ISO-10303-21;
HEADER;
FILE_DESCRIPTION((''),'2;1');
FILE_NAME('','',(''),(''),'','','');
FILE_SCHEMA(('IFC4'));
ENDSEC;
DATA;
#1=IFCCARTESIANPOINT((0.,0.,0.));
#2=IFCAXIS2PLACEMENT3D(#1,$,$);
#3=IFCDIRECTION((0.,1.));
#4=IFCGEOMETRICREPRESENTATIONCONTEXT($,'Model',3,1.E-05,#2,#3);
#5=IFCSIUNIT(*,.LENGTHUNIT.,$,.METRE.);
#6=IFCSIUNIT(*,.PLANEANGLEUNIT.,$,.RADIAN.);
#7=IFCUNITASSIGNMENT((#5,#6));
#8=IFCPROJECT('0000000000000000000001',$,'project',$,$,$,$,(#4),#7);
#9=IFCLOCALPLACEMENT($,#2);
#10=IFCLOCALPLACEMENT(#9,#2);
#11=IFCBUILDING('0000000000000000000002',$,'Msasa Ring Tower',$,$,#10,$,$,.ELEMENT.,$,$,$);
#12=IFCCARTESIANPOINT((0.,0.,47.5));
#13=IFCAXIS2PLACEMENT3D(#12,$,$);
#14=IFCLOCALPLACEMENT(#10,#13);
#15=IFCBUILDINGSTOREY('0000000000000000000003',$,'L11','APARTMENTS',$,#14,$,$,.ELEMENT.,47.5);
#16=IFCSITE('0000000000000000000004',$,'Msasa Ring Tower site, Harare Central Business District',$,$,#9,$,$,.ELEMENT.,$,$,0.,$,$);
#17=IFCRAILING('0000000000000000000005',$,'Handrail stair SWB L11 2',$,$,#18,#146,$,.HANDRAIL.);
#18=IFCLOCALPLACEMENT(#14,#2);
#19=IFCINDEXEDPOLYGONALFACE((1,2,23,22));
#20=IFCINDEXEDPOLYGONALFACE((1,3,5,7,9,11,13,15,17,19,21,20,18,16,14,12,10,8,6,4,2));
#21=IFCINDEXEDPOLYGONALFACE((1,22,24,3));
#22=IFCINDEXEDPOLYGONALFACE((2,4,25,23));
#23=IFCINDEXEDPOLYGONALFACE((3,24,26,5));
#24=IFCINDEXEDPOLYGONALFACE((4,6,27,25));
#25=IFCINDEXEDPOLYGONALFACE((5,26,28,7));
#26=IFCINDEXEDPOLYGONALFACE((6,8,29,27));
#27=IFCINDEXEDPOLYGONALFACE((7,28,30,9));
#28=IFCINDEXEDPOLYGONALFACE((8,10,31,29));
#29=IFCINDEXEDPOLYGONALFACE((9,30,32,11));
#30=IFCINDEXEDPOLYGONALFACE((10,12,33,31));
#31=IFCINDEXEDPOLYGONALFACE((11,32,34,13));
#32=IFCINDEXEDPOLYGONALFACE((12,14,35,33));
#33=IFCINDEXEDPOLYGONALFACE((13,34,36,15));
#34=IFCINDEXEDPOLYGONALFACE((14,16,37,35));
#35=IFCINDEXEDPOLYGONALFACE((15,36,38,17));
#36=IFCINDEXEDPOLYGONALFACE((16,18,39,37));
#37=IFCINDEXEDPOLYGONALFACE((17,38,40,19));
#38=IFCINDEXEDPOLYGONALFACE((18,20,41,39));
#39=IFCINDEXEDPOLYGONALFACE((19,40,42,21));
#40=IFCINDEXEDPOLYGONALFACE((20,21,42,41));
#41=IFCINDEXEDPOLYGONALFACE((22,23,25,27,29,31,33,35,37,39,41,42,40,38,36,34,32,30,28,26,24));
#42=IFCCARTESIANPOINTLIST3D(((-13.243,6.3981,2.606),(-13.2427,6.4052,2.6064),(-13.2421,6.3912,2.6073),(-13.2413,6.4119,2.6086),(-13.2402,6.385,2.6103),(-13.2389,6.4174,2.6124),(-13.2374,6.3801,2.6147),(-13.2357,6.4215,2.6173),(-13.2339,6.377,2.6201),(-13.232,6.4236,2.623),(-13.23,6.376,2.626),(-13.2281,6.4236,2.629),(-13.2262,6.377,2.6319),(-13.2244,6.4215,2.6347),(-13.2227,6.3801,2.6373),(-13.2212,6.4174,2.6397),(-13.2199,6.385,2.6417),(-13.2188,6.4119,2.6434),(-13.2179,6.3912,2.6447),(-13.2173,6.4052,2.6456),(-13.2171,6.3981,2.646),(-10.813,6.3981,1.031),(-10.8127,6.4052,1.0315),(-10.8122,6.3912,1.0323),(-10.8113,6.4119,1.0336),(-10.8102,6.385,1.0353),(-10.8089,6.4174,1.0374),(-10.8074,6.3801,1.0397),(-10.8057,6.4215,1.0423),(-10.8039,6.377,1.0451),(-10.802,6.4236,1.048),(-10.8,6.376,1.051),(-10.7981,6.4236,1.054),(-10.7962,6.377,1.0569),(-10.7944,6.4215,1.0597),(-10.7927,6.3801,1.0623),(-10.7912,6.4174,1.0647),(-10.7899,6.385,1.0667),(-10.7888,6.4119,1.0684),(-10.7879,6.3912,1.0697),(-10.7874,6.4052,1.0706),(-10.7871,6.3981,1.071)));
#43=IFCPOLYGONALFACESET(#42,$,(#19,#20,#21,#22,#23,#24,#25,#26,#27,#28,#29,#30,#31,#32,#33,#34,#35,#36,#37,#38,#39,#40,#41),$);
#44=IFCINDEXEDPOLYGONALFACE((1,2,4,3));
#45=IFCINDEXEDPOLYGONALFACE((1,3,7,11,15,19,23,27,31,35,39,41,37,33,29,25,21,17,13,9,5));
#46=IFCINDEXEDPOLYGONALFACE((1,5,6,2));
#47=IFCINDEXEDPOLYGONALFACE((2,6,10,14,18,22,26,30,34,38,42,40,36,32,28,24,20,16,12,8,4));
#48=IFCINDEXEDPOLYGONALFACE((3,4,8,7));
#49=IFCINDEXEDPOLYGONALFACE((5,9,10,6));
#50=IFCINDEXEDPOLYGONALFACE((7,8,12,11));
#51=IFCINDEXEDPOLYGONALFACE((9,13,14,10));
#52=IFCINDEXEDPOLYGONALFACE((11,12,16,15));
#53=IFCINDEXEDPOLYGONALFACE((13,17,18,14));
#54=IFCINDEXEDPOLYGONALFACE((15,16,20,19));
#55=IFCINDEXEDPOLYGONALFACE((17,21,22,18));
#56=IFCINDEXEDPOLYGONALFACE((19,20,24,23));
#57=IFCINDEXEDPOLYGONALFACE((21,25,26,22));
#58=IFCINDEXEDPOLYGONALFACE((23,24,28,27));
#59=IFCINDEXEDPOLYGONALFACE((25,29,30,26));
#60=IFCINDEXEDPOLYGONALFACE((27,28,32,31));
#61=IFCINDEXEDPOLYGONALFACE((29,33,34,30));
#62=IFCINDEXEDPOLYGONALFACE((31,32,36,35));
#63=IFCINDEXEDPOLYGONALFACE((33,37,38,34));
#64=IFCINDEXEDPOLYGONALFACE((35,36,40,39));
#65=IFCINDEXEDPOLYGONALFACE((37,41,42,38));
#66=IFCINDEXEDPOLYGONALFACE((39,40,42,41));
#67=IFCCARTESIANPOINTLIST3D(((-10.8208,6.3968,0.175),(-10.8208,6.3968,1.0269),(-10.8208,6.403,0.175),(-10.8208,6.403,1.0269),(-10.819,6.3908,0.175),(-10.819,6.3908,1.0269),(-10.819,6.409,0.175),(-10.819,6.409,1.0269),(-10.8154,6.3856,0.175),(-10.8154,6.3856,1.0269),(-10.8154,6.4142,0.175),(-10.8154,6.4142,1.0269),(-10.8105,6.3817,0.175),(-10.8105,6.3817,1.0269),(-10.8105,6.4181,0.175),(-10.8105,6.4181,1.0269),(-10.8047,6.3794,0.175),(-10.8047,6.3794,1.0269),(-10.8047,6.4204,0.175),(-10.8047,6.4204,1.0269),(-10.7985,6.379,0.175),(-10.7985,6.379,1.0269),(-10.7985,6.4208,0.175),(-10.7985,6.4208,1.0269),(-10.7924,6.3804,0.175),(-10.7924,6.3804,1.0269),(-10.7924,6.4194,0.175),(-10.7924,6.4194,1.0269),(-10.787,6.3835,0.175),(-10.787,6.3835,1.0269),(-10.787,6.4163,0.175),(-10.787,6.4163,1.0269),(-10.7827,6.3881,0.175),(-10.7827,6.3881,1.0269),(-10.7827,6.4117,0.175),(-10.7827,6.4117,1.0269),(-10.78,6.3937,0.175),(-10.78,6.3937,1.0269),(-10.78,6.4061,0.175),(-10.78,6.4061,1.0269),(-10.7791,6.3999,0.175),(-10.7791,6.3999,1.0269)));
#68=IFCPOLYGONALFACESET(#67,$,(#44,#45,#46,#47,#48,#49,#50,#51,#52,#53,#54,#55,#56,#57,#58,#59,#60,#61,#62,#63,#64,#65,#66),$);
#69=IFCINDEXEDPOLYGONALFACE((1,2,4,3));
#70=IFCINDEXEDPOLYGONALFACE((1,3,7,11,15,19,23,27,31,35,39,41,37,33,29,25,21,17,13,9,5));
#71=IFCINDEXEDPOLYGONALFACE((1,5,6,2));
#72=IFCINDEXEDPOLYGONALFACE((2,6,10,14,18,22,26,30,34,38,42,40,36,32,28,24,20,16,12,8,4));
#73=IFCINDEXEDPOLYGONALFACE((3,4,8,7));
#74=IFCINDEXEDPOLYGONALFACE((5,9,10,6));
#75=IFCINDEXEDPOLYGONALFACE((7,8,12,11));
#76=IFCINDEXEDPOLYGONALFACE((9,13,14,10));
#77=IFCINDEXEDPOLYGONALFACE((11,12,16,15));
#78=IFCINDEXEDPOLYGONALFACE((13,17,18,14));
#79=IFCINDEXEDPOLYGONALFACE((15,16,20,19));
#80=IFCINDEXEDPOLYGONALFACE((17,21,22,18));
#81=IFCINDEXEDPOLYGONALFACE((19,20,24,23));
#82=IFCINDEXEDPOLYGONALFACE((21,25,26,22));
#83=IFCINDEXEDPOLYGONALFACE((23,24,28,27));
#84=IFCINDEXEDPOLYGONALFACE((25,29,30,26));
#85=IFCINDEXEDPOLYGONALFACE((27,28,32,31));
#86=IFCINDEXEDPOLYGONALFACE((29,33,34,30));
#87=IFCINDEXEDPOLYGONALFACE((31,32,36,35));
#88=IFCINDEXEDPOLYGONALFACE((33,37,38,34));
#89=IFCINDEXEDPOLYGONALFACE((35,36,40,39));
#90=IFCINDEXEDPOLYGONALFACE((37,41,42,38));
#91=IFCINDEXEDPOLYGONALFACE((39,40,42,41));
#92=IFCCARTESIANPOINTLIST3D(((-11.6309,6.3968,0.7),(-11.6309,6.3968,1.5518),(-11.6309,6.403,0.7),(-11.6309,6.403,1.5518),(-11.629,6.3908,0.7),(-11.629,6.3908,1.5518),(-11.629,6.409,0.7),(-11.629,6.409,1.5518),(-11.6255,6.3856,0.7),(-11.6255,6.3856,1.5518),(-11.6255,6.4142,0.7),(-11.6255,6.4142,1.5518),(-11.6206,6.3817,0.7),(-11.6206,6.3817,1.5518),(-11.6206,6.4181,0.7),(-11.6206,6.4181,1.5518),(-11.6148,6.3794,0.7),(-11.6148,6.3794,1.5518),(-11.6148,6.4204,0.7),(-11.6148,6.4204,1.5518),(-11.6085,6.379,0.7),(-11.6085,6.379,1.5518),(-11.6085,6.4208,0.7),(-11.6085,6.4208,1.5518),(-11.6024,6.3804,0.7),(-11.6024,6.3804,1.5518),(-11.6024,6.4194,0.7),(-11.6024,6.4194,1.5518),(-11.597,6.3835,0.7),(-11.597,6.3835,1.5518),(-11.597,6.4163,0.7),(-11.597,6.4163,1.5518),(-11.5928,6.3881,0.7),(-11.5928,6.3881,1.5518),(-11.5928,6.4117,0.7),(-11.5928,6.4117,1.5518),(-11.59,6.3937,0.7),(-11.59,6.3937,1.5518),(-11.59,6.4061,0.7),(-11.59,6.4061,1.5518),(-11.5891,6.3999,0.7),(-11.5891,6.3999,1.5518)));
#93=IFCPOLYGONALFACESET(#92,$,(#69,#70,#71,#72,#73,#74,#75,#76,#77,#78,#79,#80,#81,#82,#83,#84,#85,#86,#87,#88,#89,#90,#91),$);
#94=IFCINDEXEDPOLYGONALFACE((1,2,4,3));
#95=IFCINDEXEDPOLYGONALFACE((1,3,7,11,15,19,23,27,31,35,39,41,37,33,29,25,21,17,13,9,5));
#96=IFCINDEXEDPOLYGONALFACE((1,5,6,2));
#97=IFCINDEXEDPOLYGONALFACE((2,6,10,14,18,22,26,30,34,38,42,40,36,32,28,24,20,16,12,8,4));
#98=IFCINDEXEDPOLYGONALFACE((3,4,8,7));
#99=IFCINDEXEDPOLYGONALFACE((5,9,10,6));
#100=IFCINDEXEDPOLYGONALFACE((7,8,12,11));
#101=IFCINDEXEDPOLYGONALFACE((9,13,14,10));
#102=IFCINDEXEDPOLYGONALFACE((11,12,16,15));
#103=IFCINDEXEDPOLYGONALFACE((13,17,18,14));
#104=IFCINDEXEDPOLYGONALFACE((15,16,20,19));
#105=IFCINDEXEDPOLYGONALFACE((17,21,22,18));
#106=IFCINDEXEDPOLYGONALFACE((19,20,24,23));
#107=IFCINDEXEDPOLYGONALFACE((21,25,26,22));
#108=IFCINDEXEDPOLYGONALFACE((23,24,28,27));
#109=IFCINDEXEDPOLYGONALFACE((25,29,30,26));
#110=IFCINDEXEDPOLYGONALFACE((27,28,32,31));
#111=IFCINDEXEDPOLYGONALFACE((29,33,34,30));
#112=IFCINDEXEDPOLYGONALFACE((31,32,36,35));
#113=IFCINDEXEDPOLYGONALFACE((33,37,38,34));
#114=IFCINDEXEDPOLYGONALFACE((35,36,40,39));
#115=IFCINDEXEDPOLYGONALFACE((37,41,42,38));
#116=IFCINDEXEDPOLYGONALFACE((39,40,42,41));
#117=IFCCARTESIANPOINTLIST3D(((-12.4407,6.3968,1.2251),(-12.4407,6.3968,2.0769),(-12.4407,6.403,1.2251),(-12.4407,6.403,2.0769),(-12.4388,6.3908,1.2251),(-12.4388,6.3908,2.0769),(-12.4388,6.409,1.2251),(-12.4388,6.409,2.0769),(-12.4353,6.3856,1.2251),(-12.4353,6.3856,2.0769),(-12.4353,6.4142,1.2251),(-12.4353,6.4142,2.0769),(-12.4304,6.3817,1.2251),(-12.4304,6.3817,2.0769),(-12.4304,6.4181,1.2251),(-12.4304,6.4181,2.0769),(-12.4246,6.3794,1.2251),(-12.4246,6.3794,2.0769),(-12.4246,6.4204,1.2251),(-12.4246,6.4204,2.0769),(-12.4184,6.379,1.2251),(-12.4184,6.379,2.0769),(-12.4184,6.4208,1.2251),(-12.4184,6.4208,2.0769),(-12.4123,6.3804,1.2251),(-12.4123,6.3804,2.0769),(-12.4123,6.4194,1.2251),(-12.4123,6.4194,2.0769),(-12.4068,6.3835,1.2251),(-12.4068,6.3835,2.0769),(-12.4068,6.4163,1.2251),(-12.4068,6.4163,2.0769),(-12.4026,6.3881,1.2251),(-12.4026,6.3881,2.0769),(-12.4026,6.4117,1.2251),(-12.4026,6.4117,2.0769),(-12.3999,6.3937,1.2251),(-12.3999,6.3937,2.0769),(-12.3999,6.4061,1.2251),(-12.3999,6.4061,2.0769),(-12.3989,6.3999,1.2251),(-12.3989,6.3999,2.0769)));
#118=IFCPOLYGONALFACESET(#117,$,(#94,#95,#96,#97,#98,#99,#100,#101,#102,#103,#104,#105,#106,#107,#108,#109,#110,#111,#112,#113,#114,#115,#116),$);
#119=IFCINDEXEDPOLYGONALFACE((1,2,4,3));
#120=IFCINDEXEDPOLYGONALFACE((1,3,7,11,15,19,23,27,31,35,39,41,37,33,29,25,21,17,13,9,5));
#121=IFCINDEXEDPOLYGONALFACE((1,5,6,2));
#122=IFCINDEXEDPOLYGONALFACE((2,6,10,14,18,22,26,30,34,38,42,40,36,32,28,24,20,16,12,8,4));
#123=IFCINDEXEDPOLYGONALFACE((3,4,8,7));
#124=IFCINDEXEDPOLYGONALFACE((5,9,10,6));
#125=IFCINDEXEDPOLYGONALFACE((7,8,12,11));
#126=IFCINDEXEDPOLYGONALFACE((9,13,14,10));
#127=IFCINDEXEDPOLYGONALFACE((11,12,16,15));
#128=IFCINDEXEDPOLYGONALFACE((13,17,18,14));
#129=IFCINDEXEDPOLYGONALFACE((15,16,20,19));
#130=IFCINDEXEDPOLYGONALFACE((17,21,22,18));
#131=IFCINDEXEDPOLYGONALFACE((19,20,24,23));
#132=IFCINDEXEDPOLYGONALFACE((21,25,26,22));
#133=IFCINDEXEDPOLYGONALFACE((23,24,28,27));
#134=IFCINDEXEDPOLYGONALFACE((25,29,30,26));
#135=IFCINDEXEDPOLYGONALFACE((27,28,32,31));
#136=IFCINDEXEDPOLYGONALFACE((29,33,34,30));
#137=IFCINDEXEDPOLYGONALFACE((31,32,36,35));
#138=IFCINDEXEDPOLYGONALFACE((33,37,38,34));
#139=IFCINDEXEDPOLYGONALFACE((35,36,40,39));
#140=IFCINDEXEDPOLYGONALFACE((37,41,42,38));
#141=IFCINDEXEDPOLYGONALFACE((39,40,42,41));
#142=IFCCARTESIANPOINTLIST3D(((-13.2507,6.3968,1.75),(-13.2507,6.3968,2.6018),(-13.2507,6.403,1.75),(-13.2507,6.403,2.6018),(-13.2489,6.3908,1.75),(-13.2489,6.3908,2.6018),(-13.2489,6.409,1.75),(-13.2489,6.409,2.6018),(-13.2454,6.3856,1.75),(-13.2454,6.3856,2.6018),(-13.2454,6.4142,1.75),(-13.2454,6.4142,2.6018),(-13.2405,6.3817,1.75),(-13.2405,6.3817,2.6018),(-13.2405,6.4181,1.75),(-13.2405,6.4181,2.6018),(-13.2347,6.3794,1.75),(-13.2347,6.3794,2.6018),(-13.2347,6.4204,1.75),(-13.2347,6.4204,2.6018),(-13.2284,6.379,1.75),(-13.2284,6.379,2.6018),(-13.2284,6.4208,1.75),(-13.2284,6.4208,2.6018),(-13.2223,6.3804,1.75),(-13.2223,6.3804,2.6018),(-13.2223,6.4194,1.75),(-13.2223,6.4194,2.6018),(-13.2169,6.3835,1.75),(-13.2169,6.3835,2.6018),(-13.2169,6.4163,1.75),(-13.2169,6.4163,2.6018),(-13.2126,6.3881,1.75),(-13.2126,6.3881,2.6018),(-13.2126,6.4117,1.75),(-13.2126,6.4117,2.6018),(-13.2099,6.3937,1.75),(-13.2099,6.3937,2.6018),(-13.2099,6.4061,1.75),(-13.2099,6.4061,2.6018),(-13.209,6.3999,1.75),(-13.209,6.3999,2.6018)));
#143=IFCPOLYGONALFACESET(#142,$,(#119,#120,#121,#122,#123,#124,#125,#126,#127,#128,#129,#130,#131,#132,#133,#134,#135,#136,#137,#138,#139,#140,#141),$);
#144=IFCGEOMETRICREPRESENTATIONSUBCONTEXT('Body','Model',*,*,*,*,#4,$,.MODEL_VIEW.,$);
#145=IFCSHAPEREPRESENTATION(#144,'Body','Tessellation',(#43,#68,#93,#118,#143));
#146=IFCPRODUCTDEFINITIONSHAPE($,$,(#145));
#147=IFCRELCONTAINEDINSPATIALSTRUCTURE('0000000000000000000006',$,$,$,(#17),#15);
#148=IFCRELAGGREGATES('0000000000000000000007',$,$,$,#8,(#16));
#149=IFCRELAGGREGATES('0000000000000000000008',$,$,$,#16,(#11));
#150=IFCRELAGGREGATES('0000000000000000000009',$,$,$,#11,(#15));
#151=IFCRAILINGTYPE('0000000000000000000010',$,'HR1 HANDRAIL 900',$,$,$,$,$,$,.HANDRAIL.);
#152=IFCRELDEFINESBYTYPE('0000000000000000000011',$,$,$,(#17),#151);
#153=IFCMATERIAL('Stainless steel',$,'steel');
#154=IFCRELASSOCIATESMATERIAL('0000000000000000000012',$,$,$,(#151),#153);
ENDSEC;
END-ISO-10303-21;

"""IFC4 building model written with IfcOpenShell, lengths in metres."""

from ifc_helpers import new_model, si_unit, direction, frame, origin, origin_2d, place, context, subcontext, project, spatial, circle, extrude, material, type_object, element, save


model = new_model("IFC4")

# Units and contexts
model_context = context("Model", 3, precision=1e-05, world=origin(), true_north=direction((0.0, 1.0)))
body_context = subcontext(model_context, "Body", "Model", "MODEL_VIEW")
ifc_project = project(units=[si_unit("LENGTHUNIT", "METRE"), si_unit("PLANEANGLEUNIT", "RADIAN")], contexts=[model_context])

# Site, building, storey
site_placement = place(None, origin())
site = spatial("IfcSite", under=ifc_project, at=site_placement, Name="Msasa Ring Tower site, Harare Central Business District", CompositionType="ELEMENT", RefElevation=0.0)
building_placement = place(site_placement, origin())
building = spatial("IfcBuilding", under=site, at=building_placement, Name="Msasa Ring Tower", CompositionType="ELEMENT")
storey_placement = place(building_placement, frame((0.0, 0.0, 47.5)))
storey = spatial("IfcBuildingStorey", under=building, at=storey_placement, Name="L11", Description="APARTMENTS", CompositionType="ELEMENT", Elevation=47.5)

# Railing
ifc_material_1 = material(Name="Stainless steel", Category="steel")
railing_type = type_object("IfcRailingType", Name="HR1 HANDRAIL 900", PredefinedType="HANDRAIL", material=ifc_material_1)
for number, where, name in (
    (1, (-10.8, 6.3999, 0.175), "Handrail stair SWB L11 2"),
):
    element("IfcRailing", number, at=place(storey_placement, frame(where)), inside=storey, type_object=railing_type, Name=name, PredefinedType="HANDRAIL", context=body_context, shape_type="SweptSolid", body=[
        extrude(circle(Radius=0.0239, at=origin_2d()), frame((0.0, 0.0, 0.876), z_axis=(-0.839154, 0.0, 0.543894), x_axis=(0.0, -1.0, 0.0)), (0.0, 0.0, 1.0), 2.8958),
        extrude(circle(Radius=0.021, at=origin_2d()), origin(), (0.0, 0.0, 1.0), 0.8518),
        extrude(circle(Radius=0.021, at=origin_2d()), frame((-0.8101, 0.0, 0.5249)), (0.0, 0.0, 1.0), 0.8518),
        extrude(circle(Radius=0.021, at=origin_2d()), frame((-1.6199, 0.0, 1.05)), (0.0, 0.0, 1.0), 0.8518),
        extrude(circle(Radius=0.021, at=origin_2d()), frame((-2.4299, 0.0, 1.575)), (0.0, 0.0, 1.0), 0.8518),
    ])

save(model, "model.ifc")
